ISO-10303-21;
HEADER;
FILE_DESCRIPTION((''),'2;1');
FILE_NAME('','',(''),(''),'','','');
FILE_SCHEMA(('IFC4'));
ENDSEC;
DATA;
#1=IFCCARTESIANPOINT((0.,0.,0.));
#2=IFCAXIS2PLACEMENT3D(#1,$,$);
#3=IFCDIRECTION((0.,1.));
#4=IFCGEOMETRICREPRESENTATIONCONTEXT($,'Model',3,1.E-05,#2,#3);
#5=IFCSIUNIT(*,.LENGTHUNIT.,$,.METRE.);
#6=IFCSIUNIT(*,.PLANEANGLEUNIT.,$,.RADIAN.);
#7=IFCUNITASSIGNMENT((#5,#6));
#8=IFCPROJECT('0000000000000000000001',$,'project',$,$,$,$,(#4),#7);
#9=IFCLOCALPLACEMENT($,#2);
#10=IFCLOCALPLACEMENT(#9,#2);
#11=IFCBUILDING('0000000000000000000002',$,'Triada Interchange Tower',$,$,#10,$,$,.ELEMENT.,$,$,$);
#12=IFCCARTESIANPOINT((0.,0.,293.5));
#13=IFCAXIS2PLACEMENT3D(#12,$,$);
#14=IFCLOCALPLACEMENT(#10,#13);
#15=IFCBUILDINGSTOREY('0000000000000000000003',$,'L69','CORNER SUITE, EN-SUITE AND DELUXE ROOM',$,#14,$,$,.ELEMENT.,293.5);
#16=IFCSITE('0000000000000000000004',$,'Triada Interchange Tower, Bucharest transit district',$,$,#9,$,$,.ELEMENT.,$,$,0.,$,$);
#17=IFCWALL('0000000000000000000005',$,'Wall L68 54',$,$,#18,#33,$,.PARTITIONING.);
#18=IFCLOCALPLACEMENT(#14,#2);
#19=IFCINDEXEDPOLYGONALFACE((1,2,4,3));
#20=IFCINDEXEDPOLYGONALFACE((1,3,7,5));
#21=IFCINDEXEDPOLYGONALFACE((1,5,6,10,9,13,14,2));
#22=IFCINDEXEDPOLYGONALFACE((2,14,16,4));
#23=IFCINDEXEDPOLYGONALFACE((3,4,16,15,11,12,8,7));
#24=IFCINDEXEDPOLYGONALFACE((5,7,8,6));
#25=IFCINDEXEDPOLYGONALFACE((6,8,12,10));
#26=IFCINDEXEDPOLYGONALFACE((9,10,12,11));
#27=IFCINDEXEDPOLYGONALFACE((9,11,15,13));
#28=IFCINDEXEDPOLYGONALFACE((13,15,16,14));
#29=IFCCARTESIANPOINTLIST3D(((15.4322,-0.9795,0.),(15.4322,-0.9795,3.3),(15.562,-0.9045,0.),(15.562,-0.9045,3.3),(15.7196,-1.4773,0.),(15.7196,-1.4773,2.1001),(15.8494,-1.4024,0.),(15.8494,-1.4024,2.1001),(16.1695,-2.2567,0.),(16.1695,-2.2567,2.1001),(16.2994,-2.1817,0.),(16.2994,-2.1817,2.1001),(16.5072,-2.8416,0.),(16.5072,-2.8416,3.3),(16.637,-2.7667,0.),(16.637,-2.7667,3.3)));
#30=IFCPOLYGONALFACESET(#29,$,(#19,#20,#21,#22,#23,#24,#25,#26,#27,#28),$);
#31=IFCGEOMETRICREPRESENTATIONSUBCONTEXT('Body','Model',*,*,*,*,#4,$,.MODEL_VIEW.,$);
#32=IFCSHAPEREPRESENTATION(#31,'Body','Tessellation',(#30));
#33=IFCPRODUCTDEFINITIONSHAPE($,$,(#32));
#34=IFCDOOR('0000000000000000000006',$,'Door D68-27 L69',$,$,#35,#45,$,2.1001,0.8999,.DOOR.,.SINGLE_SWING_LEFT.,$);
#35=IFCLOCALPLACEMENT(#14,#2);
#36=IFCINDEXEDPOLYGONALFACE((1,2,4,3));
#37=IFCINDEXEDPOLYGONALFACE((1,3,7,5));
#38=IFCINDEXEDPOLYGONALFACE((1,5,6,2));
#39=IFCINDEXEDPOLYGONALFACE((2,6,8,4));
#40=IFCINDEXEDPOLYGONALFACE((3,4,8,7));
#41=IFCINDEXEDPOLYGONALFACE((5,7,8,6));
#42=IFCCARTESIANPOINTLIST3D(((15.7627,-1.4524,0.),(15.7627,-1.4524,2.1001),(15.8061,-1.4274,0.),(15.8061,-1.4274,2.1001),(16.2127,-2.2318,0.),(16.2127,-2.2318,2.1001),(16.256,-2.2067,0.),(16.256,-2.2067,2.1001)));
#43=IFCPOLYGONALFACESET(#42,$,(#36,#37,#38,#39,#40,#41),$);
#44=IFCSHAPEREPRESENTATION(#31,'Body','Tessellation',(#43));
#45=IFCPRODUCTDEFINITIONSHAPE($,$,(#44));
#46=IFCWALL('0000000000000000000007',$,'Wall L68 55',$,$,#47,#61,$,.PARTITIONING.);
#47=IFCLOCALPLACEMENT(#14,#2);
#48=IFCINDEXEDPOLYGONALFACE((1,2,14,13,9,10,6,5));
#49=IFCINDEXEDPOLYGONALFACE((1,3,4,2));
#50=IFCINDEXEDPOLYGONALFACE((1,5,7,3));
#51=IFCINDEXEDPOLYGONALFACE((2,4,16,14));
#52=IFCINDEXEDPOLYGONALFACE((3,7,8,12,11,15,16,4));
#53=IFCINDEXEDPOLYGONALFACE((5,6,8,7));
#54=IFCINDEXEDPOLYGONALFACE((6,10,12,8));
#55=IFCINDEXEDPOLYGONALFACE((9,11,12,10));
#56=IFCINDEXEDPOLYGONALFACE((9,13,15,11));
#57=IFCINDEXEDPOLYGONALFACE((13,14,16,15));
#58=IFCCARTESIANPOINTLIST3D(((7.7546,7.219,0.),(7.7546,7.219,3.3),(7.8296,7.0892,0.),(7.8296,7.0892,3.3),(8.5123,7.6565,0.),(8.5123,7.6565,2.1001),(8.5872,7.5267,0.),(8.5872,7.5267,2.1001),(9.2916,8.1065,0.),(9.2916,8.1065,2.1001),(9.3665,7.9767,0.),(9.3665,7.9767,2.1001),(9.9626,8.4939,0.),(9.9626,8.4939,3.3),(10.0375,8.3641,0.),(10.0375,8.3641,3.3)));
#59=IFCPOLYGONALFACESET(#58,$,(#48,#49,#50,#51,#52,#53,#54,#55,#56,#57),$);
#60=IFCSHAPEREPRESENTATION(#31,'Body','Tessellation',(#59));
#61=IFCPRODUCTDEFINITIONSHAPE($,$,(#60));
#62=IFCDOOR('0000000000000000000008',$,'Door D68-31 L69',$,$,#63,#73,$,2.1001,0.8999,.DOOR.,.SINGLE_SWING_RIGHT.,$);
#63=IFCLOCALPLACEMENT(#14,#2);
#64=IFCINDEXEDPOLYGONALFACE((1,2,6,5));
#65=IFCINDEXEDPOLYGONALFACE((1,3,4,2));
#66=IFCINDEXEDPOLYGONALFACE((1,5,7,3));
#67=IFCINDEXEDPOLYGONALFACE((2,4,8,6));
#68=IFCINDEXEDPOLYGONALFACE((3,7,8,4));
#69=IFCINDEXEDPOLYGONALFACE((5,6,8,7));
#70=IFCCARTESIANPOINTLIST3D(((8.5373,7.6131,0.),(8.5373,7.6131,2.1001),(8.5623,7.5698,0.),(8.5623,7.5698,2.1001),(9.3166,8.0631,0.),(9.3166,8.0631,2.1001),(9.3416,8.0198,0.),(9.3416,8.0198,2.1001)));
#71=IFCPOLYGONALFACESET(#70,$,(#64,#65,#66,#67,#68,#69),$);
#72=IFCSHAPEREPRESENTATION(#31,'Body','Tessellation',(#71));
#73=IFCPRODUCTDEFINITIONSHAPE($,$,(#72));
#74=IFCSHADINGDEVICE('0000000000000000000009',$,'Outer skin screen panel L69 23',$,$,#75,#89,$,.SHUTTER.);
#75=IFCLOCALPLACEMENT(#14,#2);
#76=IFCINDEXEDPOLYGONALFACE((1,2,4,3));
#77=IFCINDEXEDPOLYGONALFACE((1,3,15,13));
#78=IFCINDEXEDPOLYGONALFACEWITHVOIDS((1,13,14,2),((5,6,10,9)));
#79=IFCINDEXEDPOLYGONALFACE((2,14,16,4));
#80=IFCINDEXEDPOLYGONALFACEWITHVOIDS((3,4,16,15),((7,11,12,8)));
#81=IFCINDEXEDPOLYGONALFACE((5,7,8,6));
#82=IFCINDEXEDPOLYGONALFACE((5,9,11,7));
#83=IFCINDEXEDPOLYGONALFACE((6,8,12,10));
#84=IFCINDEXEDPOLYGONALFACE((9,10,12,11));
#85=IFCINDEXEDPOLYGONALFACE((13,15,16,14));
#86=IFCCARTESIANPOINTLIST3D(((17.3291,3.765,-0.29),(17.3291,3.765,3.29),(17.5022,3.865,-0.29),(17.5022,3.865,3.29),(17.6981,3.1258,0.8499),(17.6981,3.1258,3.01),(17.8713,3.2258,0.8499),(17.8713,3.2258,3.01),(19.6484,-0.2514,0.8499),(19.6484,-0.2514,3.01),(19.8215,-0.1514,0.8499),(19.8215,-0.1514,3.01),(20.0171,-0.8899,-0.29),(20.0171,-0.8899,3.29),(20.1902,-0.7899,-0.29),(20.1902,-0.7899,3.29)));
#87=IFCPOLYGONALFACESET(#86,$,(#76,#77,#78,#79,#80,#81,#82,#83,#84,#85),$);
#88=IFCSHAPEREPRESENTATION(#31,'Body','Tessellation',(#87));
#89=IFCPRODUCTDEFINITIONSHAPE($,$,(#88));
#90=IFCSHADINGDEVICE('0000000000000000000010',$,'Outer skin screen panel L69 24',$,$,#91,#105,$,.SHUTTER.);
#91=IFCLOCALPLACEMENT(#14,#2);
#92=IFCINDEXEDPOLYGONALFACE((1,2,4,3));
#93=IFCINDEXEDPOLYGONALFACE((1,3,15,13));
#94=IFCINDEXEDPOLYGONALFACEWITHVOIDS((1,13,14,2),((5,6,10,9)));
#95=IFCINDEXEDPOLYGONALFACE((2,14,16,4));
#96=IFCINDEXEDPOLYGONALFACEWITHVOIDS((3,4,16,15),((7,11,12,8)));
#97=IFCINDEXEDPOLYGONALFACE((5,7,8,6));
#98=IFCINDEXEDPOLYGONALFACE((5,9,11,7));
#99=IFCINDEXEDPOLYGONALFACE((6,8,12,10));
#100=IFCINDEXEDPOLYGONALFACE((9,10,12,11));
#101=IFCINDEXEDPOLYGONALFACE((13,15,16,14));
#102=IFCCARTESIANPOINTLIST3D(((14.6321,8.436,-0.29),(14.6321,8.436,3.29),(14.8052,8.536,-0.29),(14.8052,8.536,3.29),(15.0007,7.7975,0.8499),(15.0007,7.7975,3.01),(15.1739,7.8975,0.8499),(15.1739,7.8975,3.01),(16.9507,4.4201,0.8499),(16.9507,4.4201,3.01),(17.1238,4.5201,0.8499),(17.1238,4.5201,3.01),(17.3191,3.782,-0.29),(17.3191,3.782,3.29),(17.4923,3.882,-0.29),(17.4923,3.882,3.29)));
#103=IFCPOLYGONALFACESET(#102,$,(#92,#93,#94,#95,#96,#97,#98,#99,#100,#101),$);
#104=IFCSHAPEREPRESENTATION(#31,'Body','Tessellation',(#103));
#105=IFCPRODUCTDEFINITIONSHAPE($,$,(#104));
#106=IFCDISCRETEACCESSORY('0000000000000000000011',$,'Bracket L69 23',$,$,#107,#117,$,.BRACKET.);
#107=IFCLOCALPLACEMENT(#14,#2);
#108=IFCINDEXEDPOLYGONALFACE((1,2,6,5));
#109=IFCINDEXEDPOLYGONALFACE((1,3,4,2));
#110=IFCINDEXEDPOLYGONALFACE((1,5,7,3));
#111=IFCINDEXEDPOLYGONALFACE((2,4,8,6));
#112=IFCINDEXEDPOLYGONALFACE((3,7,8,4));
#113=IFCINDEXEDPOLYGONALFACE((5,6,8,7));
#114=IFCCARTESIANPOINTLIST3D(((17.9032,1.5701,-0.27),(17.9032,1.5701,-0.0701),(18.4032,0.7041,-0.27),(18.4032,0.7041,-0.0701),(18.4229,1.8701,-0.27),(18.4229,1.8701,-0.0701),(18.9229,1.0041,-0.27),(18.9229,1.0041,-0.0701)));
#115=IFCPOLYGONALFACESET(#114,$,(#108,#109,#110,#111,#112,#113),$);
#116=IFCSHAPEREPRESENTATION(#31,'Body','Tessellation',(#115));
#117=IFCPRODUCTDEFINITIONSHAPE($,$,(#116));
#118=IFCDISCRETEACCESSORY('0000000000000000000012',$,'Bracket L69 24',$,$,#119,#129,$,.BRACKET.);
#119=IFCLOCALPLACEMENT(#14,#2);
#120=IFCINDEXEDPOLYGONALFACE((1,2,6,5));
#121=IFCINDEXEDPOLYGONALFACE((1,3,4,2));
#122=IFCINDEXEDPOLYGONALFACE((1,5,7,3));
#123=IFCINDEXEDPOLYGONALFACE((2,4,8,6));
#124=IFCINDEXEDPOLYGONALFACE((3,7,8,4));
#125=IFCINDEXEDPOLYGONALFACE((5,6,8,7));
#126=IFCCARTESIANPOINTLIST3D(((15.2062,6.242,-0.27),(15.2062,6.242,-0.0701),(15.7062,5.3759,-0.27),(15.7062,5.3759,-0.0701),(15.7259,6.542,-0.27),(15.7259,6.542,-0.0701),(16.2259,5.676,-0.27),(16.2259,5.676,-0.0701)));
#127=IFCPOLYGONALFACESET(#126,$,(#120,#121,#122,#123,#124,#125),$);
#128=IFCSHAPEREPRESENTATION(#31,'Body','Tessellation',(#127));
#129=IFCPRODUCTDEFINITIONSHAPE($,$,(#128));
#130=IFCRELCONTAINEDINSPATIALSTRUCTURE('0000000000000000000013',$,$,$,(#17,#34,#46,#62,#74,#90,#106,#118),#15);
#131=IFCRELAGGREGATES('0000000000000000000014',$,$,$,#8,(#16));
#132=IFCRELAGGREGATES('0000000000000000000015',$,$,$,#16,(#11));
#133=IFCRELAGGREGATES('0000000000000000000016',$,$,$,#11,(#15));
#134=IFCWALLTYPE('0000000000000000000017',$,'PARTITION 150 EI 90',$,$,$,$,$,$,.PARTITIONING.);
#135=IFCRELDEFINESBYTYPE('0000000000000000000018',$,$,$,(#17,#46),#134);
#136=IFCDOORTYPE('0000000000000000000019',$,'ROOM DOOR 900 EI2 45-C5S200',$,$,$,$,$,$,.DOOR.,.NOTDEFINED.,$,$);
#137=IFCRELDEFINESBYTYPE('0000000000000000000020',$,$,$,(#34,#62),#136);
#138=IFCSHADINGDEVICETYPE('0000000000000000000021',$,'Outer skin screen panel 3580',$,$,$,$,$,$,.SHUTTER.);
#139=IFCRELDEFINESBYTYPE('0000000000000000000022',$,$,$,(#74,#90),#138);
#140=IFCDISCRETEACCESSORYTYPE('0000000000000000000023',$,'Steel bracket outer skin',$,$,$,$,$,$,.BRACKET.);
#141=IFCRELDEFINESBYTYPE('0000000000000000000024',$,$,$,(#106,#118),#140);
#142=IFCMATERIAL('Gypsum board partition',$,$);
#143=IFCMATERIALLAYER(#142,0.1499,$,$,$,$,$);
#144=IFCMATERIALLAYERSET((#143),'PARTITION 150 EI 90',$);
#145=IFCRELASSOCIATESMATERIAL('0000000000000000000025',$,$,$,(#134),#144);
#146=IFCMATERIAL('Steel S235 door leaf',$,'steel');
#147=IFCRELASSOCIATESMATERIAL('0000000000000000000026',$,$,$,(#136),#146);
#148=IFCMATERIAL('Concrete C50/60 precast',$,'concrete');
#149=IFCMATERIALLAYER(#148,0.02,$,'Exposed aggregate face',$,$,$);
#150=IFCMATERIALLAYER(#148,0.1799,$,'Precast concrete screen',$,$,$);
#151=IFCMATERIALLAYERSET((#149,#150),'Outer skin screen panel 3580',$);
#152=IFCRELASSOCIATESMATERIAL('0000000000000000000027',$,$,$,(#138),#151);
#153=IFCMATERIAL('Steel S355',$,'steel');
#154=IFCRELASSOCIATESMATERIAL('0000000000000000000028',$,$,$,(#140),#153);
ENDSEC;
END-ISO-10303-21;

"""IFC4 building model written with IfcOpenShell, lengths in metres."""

from ifc_helpers import new_model, si_unit, direction, frame, frame_2d, origin, origin_2d, place, context, subcontext, project, spatial, polyline, rectangle, outline, extrude, material, layer, layer_set, type_object, element, fill, save


model = new_model("IFC4")

# Units and contexts
model_context = context("Model", 3, precision=1e-05, world=origin(), true_north=direction((0.0, 1.0)))
body_context = subcontext(model_context, "Body", "Model", "MODEL_VIEW")
ifc_project = project(units=[si_unit("LENGTHUNIT", "METRE"), si_unit("PLANEANGLEUNIT", "RADIAN")], contexts=[model_context])

# Site, building, storey
site_placement = place(None, origin())
site = spatial("IfcSite", under=ifc_project, at=site_placement, Name="Triada Interchange Tower, Bucharest transit district", CompositionType="ELEMENT", RefElevation=0.0)
building_placement = place(site_placement, origin())
building = spatial("IfcBuilding", under=site, at=building_placement, Name="Triada Interchange Tower", CompositionType="ELEMENT")
storey_placement = place(building_placement, frame((0.0, 0.0, 293.5)))
storey = spatial("IfcBuildingStorey", under=building, at=storey_placement, Name="L69", Description="CORNER SUITE, EN-SUITE AND DELUXE ROOM", CompositionType="ELEMENT", Elevation=293.5)

# Shared definitions
ifc_material_1 = material(Name="Gypsum board partition")

# Walls, openings, doors
ifc_layer_1 = layer(ifc_material_1, 0.1499)
ifc_layer_set_1 = layer_set([ifc_layer_1], Name="PARTITION 150 EI 90")
wall_type_1 = type_object("IfcWallType", Name="PARTITION 150 EI 90", PredefinedType="PARTITIONING", material=ifc_layer_set_1)
wall_1_placement = place(storey_placement, frame((15.4971, -0.9419, 0.0), z_axis=(0.0, 0.0, 1.0), x_axis=(0.499962, -0.866048, 0.0)))
wall_1 = element("IfcWall", 1, at=wall_1_placement, inside=storey, type_object=wall_type_1, Name="Wall L68 54", PredefinedType="PARTITIONING", context=body_context, shape_type="SweptSolid", body=[
    extrude(rectangle(XDim=2.1501, YDim=0.1499, at=frame_2d((1.0752, 0.0))), origin(), (0.0, 0.0, 1.0), 3.3),
])
opening_1_placement = place(wall_1_placement, frame((0.575, 0.0, 0.0)))
opening_1 = element("IfcOpeningElement", 2, at=opening_1_placement, cuts=wall_1, PredefinedType="OPENING", context=body_context, shape_type="SweptSolid", body=[
    extrude(rectangle(XDim=0.8999, YDim=2.1001, at=frame_2d((0.45, 1.05))), frame((0.0, 0.085, 0.0), z_axis=(0.0, -1.0, 0.0), x_axis=(1.0, 0.0, 0.0)), (0.0, 0.0, 1.0), 0.1699),
])
ifc_material_2 = material(Name="Steel S235 door leaf", Category="steel")
door_type = type_object("IfcDoorType", Name="ROOM DOOR 900 EI2 45-C5S200", OperationType="NOTDEFINED", PredefinedType="DOOR", material=ifc_material_2)
door_1_placement = place(opening_1_placement, origin())
door_1 = element("IfcDoor", 3, at=door_1_placement, inside=storey, type_object=door_type, Name="Door D68-27 L69", OperationType="SINGLE_SWING_LEFT", OverallHeight=2.1001, OverallWidth=0.8999, PredefinedType="DOOR", context=body_context, shape_type="SweptSolid", body=[
    extrude(rectangle(XDim=0.8999, YDim=2.1001, at=frame_2d((0.45, 1.05))), frame((0.0, 0.0249, 0.0), z_axis=(0.0, -1.0, 0.0), x_axis=(1.0, 0.0, 0.0)), (0.0, 0.0, 1.0), 0.05),
])
fill(opening_1, door_1)
wall_2_placement = place(storey_placement, frame((7.792, 7.1541, 0.0), z_axis=(0.0, 0.0, 1.0), x_axis=(0.866007, 0.500032, 0.0)))
wall_2 = element("IfcWall", 4, at=wall_2_placement, inside=storey, type_object=wall_type_1, Name="Wall L68 55", PredefinedType="PARTITIONING", context=body_context, shape_type="SweptSolid", body=[
    extrude(rectangle(XDim=2.5496, YDim=0.1499, at=frame_2d((1.2749, 0.0))), origin(), (0.0, 0.0, 1.0), 3.3),
])
opening_2_placement = place(wall_2_placement, frame((0.875, 0.0, 0.0)))
opening_2 = element("IfcOpeningElement", 5, at=opening_2_placement, cuts=wall_2, PredefinedType="OPENING", context=body_context, shape_type="SweptSolid", body=[
    extrude(rectangle(XDim=0.8999, YDim=2.1001, at=frame_2d((0.45, 1.05))), frame((0.0, 0.085, 0.0), z_axis=(0.0, -1.0, 0.0), x_axis=(1.0, 0.0, 0.0)), (0.0, 0.0, 1.0), 0.1699),
])
door_2_placement = place(opening_2_placement, origin())
door_2 = element("IfcDoor", 6, at=door_2_placement, inside=storey, type_object=door_type, Name="Door D68-31 L69", OperationType="SINGLE_SWING_RIGHT", OverallHeight=2.1001, OverallWidth=0.8999, PredefinedType="DOOR", context=body_context, shape_type="SweptSolid", body=[
    extrude(rectangle(XDim=0.8999, YDim=2.1001, at=frame_2d((0.45, 1.05))), frame((0.0, 0.0249, 0.0), z_axis=(0.0, -1.0, 0.0), x_axis=(1.0, 0.0, 0.0)), (0.0, 0.0, 1.0), 0.05),
])
fill(opening_2, door_2)

# Shading devices
ifc_material_3 = material(Name="Concrete C50/60 precast", Category="concrete")
ifc_layer_2 = layer(ifc_material_3, 0.02, Name="Exposed aggregate face")
ifc_layer_3 = layer(ifc_material_3, 0.1799, Name="Precast concrete screen")
ifc_layer_set_2 = layer_set([ifc_layer_2, ifc_layer_3], Name="Outer skin screen panel 3580")
shading_device_type = type_object("IfcShadingDeviceType", Name="Outer skin screen panel 3580", PredefinedType="SHUTTER", material=ifc_layer_set_2)
shading_device_1_placement = place(storey_placement, frame((20.0171, -0.8899, -0.29), z_axis=(0.0, 0.0, 1.0), x_axis=(-0.500076, 0.865981, 0.0)))
element("IfcShadingDevice", 7, at=shading_device_1_placement, inside=storey, type_object=shading_device_type, Name="Outer skin screen panel L69 23", PredefinedType="SHUTTER", context=body_context, shape_type="SweptSolid", body=[
    extrude(outline(polyline([(0.0, 0.0), (5.3752, 0.0), (5.3752, 3.5801), (0.0, 3.5801), (0.0, 0.0)]), holes=[polyline([(0.7373, 1.1399), (0.7373, 3.3), (4.6372, 3.3), (4.6372, 1.1399), (0.7373, 1.1399)])]), frame((0.0, 0.0, 0.0), z_axis=(0.0, -1.0, 0.0), x_axis=(1.0, 0.0, 0.0)), (0.0, 0.0, 1.0), 0.2),
])
shading_device_2_placement = place(storey_placement, frame((17.3191, 3.782, -0.29), z_axis=(0.0, 0.0, 1.0), x_axis=(-0.499999, 0.866026, 0.0)))
element("IfcShadingDevice", 8, at=shading_device_2_placement, inside=storey, type_object=shading_device_type, Name="Outer skin screen panel L69 24", PredefinedType="SHUTTER", context=body_context, shape_type="SweptSolid", body=[
    extrude(outline(polyline([(0.0, 0.0), (5.374, 0.0), (5.374, 3.5801), (0.0, 3.5801), (0.0, 0.0)]), holes=[polyline([(0.7368, 1.1399), (0.7368, 3.3), (4.6367, 3.3), (4.6367, 1.1399), (0.7368, 1.1399)])]), frame((0.0, 0.0, 0.0), z_axis=(0.0, -1.0, 0.0), x_axis=(1.0, 0.0, 0.0)), (0.0, 0.0, 1.0), 0.2),
])

# Discrete accessories
ifc_material_4 = material(Name="Steel S355", Category="steel")
discrete_accessory_type = type_object("IfcDiscreteAccessoryType", Name="Steel bracket outer skin", PredefinedType="BRACKET", material=ifc_material_4)
for number, where, z_axis, x_axis, name in (
    (9, (18.4131, 1.2871, -0.27), (0.0, 0.0, 1.0), (0.866023, 0.500004, 0.0), "Bracket L69 23"),
    (10, (15.7161, 5.959, -0.27), (0.0, 0.0, 1.0), (0.866023, 0.500004, 0.0), "Bracket L69 24"),
):
    element("IfcDiscreteAccessory", number, at=place(storey_placement, frame(where, z_axis=z_axis, x_axis=x_axis)), inside=storey, type_object=discrete_accessory_type, Name=name, PredefinedType="BRACKET", context=body_context, shape_type="SweptSolid", body=[
        extrude(rectangle(XDim=0.6001, YDim=1.0, at=origin_2d()), origin(), (0.0, 0.0, 1.0), 0.2),
    ])

save(model, "model.ifc")
